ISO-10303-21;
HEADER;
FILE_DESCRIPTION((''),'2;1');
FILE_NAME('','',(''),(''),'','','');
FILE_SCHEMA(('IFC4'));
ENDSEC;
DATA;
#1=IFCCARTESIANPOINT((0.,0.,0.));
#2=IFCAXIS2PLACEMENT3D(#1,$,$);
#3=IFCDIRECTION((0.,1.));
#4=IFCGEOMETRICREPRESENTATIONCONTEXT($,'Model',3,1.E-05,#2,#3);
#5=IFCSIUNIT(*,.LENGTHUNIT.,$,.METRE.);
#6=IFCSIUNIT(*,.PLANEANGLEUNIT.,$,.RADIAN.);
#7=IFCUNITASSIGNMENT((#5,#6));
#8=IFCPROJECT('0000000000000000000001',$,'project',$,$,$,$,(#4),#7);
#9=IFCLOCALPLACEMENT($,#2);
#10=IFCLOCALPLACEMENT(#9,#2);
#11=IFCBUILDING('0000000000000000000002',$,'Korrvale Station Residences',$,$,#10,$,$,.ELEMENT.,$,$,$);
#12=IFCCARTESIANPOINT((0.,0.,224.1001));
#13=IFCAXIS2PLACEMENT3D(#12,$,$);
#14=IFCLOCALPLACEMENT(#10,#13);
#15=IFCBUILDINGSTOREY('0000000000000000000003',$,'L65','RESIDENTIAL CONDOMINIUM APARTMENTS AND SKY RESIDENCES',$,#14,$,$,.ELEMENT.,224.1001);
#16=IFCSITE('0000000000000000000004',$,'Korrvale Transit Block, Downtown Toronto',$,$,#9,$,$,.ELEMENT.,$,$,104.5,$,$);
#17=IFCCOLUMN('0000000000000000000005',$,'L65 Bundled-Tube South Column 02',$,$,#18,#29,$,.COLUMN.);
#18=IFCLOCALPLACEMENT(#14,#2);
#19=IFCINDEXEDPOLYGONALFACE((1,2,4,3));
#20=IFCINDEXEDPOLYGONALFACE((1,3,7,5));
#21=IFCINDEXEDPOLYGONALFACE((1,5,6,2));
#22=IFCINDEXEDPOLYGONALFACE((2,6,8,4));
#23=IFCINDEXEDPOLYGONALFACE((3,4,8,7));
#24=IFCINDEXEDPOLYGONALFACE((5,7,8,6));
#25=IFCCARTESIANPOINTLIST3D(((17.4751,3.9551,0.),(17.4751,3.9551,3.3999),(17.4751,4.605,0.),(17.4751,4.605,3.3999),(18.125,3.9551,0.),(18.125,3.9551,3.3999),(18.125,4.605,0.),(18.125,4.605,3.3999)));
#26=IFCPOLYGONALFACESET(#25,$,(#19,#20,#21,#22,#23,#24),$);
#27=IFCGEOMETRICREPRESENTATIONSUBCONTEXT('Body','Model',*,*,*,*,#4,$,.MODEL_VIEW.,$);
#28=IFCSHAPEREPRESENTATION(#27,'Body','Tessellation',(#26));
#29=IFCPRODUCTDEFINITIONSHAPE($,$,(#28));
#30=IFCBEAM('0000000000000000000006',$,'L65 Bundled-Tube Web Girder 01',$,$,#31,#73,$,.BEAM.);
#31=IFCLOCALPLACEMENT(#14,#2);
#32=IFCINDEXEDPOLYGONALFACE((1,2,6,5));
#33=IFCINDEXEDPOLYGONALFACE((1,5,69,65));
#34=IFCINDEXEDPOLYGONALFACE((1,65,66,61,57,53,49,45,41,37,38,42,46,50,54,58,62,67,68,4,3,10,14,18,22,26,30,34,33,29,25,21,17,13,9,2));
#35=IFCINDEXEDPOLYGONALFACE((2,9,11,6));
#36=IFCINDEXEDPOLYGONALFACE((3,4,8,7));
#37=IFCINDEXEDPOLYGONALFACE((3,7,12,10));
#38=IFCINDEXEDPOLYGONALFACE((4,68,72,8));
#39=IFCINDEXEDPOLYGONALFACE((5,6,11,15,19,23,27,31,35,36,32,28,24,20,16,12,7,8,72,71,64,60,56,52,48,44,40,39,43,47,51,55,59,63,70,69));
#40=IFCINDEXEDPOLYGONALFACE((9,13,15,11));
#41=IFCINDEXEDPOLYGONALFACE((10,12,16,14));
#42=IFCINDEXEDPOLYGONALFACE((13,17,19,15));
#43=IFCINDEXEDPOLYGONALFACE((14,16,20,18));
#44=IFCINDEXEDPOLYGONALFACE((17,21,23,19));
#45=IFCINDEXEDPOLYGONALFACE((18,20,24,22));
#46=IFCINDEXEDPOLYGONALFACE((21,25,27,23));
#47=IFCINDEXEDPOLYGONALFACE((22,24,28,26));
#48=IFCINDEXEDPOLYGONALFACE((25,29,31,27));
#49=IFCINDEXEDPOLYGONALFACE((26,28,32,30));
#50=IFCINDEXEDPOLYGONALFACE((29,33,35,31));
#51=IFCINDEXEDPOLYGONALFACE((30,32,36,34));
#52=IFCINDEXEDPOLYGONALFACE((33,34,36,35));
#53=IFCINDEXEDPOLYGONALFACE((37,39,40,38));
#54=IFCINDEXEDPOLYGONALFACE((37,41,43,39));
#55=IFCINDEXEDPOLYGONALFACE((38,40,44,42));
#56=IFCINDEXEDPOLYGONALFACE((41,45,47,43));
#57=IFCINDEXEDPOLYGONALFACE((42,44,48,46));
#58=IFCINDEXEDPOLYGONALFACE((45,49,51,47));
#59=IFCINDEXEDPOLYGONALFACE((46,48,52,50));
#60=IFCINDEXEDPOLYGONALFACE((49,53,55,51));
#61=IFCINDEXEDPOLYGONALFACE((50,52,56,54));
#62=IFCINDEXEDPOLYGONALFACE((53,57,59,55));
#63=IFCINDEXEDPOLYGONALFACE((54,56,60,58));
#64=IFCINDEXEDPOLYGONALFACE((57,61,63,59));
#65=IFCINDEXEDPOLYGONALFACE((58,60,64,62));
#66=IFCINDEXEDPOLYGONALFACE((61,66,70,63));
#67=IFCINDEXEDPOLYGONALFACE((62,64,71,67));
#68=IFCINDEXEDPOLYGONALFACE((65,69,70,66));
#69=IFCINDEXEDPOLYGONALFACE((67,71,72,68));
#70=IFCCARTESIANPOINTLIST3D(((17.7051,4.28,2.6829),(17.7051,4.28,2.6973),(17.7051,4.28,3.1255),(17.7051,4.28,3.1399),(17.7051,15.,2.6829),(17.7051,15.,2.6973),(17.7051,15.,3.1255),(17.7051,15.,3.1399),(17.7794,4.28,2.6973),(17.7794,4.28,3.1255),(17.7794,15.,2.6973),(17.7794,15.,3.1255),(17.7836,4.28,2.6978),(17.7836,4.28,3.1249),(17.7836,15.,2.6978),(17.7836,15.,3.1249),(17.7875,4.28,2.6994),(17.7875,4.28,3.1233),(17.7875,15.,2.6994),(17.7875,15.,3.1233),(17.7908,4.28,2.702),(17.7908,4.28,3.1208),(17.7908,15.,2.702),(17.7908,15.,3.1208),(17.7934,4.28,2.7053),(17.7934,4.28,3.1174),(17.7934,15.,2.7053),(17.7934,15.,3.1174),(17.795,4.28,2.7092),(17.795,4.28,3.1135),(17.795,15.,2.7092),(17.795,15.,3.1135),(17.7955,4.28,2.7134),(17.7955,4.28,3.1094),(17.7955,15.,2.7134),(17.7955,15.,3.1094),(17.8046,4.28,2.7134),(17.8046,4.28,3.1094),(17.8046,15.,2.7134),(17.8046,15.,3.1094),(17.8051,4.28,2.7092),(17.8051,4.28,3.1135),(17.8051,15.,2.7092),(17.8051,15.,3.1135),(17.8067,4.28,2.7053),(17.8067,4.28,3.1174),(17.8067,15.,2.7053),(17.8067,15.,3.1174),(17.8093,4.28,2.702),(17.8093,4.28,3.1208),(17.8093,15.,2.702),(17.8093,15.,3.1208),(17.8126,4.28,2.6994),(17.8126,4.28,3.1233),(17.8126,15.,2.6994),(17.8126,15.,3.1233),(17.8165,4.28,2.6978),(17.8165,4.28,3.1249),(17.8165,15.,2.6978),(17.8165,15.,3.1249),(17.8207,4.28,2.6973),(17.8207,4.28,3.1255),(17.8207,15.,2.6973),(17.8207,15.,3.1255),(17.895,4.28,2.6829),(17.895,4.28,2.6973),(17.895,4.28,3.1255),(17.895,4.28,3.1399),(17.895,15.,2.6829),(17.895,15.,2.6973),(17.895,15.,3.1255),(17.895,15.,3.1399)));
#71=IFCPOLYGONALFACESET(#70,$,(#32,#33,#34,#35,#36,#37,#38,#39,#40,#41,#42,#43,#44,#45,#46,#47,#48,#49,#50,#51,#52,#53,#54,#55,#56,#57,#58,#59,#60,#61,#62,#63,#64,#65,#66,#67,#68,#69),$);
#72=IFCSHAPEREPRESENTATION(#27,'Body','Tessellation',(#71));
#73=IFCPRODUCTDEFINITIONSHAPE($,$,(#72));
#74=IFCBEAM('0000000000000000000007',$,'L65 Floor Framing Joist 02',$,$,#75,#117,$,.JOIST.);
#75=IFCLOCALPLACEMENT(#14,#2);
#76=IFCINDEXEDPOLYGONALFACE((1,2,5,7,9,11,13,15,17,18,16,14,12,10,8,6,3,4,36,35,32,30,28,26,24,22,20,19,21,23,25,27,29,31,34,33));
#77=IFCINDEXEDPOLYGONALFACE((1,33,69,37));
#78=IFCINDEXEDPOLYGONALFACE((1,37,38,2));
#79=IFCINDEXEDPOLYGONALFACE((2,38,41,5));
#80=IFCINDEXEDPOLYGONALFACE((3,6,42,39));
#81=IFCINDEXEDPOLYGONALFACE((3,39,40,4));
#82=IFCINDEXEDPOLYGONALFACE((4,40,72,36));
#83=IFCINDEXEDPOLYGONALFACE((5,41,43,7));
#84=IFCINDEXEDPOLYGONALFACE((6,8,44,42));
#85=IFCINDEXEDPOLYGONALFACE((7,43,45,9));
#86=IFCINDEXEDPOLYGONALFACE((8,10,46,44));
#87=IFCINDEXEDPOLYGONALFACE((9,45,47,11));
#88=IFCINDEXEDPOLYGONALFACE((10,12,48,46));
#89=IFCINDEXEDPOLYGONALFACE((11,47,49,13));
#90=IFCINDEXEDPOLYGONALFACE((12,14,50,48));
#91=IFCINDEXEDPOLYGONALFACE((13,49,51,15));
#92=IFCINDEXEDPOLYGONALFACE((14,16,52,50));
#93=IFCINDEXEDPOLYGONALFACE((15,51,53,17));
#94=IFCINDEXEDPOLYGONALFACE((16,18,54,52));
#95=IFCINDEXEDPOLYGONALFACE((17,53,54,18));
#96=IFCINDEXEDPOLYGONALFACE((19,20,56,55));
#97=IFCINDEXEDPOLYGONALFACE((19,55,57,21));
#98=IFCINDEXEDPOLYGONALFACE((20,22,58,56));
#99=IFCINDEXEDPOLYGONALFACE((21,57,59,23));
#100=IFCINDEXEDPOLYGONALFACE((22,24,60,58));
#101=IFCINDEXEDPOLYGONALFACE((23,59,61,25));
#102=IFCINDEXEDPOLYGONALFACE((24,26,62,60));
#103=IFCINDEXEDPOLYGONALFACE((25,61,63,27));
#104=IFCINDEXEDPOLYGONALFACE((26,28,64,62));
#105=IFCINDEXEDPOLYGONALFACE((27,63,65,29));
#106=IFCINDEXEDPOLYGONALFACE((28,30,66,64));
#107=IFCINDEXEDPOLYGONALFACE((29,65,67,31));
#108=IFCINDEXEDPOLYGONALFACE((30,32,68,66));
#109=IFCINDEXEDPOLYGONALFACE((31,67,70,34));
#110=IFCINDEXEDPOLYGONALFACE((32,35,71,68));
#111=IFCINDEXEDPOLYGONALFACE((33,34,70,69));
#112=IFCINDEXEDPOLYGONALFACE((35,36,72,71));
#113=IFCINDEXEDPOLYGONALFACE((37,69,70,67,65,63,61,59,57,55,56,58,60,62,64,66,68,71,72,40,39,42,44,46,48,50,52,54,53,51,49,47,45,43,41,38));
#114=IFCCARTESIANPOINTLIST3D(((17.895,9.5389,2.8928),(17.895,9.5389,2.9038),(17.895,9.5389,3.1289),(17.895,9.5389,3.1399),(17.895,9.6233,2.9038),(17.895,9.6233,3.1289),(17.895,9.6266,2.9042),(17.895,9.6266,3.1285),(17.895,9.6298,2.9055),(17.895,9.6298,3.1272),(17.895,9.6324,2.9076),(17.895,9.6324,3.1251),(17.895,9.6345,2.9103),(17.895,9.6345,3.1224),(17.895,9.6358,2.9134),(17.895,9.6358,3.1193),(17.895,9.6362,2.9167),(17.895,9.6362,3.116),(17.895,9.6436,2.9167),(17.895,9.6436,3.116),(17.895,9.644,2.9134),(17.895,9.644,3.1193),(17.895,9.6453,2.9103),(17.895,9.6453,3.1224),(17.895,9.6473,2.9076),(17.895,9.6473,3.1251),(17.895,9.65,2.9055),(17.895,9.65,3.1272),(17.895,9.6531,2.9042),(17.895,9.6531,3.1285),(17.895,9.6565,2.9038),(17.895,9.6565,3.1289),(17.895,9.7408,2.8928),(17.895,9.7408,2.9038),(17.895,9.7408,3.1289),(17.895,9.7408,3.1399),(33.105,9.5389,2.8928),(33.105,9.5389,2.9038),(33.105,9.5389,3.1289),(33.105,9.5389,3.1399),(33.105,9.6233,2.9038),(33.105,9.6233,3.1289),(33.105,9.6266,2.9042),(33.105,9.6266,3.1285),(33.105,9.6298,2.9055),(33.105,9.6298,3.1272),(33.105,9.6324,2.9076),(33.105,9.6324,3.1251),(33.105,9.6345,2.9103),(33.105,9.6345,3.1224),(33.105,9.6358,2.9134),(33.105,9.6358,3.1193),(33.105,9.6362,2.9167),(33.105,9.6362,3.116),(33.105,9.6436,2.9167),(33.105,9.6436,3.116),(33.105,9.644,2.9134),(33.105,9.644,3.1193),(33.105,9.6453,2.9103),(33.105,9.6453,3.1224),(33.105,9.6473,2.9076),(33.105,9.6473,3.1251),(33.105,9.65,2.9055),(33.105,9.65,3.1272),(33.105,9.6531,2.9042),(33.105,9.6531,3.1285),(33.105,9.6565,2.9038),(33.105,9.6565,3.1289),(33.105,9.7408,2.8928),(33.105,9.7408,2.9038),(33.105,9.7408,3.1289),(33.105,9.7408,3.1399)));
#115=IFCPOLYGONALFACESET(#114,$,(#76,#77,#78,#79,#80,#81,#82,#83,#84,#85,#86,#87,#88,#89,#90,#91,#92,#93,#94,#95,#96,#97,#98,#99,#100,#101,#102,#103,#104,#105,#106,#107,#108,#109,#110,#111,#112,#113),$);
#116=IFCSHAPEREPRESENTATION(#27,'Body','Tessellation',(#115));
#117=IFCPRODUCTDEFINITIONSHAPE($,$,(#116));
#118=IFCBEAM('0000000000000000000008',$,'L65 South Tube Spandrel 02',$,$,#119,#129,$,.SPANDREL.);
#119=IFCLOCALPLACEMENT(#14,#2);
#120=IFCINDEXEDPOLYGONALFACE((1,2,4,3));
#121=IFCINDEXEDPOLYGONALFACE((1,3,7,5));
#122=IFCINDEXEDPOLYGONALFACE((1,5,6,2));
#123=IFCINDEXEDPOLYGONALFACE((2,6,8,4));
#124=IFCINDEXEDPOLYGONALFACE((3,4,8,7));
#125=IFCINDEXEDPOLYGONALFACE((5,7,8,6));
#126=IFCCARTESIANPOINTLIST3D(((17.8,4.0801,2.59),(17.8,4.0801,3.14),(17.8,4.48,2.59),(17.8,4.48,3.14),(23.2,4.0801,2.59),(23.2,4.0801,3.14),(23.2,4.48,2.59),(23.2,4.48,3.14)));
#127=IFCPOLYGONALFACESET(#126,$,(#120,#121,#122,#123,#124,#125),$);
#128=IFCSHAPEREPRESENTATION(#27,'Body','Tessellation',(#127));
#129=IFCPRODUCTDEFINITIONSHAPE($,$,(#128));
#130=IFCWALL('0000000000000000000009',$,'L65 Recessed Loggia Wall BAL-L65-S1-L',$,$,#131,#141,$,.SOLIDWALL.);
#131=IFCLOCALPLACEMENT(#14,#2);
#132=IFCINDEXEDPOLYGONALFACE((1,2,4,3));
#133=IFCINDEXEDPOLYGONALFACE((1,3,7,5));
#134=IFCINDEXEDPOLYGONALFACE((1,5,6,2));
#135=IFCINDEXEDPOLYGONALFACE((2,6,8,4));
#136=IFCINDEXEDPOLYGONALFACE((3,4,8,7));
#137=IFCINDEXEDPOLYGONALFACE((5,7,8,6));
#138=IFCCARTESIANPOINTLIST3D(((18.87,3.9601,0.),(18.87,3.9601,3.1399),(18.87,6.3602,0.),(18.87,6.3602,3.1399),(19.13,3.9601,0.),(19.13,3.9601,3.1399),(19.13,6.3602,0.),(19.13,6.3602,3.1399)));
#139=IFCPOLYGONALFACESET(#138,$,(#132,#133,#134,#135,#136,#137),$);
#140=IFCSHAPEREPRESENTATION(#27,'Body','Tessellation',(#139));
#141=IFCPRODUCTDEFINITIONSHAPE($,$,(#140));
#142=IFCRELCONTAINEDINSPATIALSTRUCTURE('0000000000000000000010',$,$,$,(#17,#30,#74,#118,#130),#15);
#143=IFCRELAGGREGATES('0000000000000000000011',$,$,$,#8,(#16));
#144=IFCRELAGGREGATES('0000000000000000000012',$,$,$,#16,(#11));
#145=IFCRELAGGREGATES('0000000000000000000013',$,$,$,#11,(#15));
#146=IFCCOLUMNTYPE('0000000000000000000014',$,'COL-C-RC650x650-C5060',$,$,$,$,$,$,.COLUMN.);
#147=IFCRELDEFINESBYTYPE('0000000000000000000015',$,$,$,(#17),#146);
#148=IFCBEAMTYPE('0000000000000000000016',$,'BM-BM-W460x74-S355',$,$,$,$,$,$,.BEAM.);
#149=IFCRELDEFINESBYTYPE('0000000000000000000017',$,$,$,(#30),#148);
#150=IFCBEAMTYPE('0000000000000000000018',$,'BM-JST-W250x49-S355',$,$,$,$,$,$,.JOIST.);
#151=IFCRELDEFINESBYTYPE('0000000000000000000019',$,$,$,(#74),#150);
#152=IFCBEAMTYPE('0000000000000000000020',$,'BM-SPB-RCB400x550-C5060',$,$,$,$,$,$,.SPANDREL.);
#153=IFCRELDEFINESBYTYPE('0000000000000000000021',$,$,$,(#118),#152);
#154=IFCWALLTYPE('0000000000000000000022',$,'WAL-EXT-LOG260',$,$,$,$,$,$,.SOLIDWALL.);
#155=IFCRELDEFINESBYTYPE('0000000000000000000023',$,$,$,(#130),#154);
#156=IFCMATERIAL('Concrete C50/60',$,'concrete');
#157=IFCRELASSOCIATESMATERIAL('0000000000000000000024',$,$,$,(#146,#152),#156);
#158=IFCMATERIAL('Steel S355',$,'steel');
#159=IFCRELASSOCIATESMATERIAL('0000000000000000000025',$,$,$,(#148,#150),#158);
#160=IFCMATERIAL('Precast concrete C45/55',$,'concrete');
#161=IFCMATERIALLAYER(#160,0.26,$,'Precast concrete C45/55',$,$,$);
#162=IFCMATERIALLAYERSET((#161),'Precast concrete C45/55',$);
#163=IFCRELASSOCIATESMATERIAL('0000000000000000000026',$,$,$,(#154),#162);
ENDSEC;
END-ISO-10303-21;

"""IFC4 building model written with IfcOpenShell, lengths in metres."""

from ifc_helpers import new_model, si_unit, direction, frame, frame_2d, origin, origin_2d, place, context, subcontext, project, spatial, rectangle, i_section, extrude, material, layer, layer_set, material_profile, profile_set, type_object, element, save


model = new_model("IFC4")

# Units and contexts
model_context = context("Model", 3, precision=1e-05, world=origin(), true_north=direction((0.0, 1.0)))
body_context = subcontext(model_context, "Body", "Model", "MODEL_VIEW")
ifc_project = project(units=[si_unit("LENGTHUNIT", "METRE"), si_unit("PLANEANGLEUNIT", "RADIAN")], contexts=[model_context])

# Site, building, storey
site_placement = place(None, origin())
site = spatial("IfcSite", under=ifc_project, at=site_placement, Name="Korrvale Transit Block, Downtown Toronto", CompositionType="ELEMENT", RefElevation=104.5)
building_placement = place(site_placement, origin())
building = spatial("IfcBuilding", under=site, at=building_placement, Name="Korrvale Station Residences", CompositionType="ELEMENT")
storey_placement = place(building_placement, frame((0.0, 0.0, 224.1001)))
storey = spatial("IfcBuildingStorey", under=building, at=storey_placement, Name="L65", Description="RESIDENTIAL CONDOMINIUM APARTMENTS AND SKY RESIDENCES", CompositionType="ELEMENT", Elevation=224.1001)

# Column
ifc_material_1 = material(Name="Concrete C50/60", Category="concrete")
ifc_material_profile_1 = material_profile(ifc_material_1, rectangle(XDim=0.6499, YDim=0.6499, at=origin_2d()), Name="RC650x650")
ifc_profile_set_1 = profile_set([ifc_material_profile_1], Name="Concrete C50/60")
column_type = type_object("IfcColumnType", Name="COL-C-RC650x650-C5060", PredefinedType="COLUMN", material=ifc_profile_set_1)
column_placement = place(storey_placement, frame((17.8, 4.28, 0.0), z_axis=(0.0, 0.0, 1.0), x_axis=(1.0, 0.0, 0.0)))
element("IfcColumn", 1, at=column_placement, inside=storey, type_object=column_type, Name="L65 Bundled-Tube South Column 02", PredefinedType="COLUMN", context=body_context, shape_type="SweptSolid", body=[
    extrude(rectangle(XDim=0.6499, YDim=0.6499, at=origin_2d()), origin(), (0.0, 0.0, 1.0), 3.3999),
])

# Beams
ifc_material_2 = material(Name="Steel S355", Category="steel")
ifc_material_profile_2 = material_profile(ifc_material_2, i_section(OverallWidth=0.1899, OverallDepth=0.457, WebThickness=0.009, FlangeThickness=0.0144, FilletRadius=0.0161, at=origin_2d()), Name="W460x74")
ifc_profile_set_2 = profile_set([ifc_material_profile_2], Name="Steel S355")
beam_type_1 = type_object("IfcBeamType", Name="BM-BM-W460x74-S355", PredefinedType="BEAM", material=ifc_profile_set_2)
beam_1_placement = place(storey_placement, frame((17.8, 4.28, 2.9114), z_axis=(0.0, 1.0, 0.0), x_axis=(-1.0, 0.0, 0.0)))
element("IfcBeam", 2, at=beam_1_placement, inside=storey, type_object=beam_type_1, Name="L65 Bundled-Tube Web Girder 01", PredefinedType="BEAM", context=body_context, shape_type="SweptSolid", body=[
    extrude(i_section(OverallWidth=0.1899, OverallDepth=0.457, WebThickness=0.009, FlangeThickness=0.0144, FilletRadius=0.0161, at=origin_2d()), origin(), (0.0, 0.0, 1.0), 10.72),
])
ifc_material_profile_3 = material_profile(ifc_material_2, i_section(OverallWidth=0.2019, OverallDepth=0.2471, WebThickness=0.0073, FlangeThickness=0.011, FilletRadius=0.0129, at=origin_2d()), Name="W250x49")
ifc_profile_set_3 = profile_set([ifc_material_profile_3], Name="Steel S355")
beam_type_2 = type_object("IfcBeamType", Name="BM-JST-W250x49-S355", PredefinedType="JOIST", material=ifc_profile_set_3)
beam_2_placement = place(storey_placement, frame((17.895, 9.6399, 3.0164), z_axis=(1.0, 0.0, 0.0), x_axis=(0.0, 1.0, 0.0)))
element("IfcBeam", 3, at=beam_2_placement, inside=storey, type_object=beam_type_2, Name="L65 Floor Framing Joist 02", PredefinedType="JOIST", context=body_context, shape_type="SweptSolid", body=[
    extrude(i_section(OverallWidth=0.2019, OverallDepth=0.2471, WebThickness=0.0073, FlangeThickness=0.011, FilletRadius=0.0129, at=origin_2d()), origin(), (0.0, 0.0, 1.0), 15.21),
])
ifc_material_profile_4 = material_profile(ifc_material_1, rectangle(XDim=0.3999, YDim=0.55, at=origin_2d()), Name="RCB400x550")
ifc_profile_set_4 = profile_set([ifc_material_profile_4], Name="Concrete C50/60")
beam_type_3 = type_object("IfcBeamType", Name="BM-SPB-RCB400x550-C5060", PredefinedType="SPANDREL", material=ifc_profile_set_4)
beam_3_placement = place(storey_placement, frame((17.8, 4.28, 2.865), z_axis=(1.0, 0.0, 0.0), x_axis=(0.0, 1.0, 0.0)))
element("IfcBeam", 4, at=beam_3_placement, inside=storey, type_object=beam_type_3, Name="L65 South Tube Spandrel 02", PredefinedType="SPANDREL", context=body_context, shape_type="SweptSolid", body=[
    extrude(rectangle(XDim=0.3999, YDim=0.55, at=origin_2d()), origin(), (0.0, 0.0, 1.0), 5.3999),
])

# Wall
ifc_material_3 = material(Name="Precast concrete C45/55", Category="concrete")
ifc_layer_1 = layer(ifc_material_3, 0.26, Name="Precast concrete C45/55")
ifc_layer_set_1 = layer_set([ifc_layer_1], Name="Precast concrete C45/55")
wall_type_1 = type_object("IfcWallType", Name="WAL-EXT-LOG260", PredefinedType="SOLIDWALL", material=ifc_layer_set_1)
wall_1_placement = place(storey_placement, frame((19.0, 3.96, 0.0), z_axis=(0.0, 0.0, 1.0), x_axis=(0.0, 1.0, 0.0)))
element("IfcWall", 5, at=wall_1_placement, inside=storey, type_object=wall_type_1, Name="L65 Recessed Loggia Wall BAL-L65-S1-L", PredefinedType="SOLIDWALL", context=body_context, shape_type="SweptSolid", body=[
    extrude(rectangle(XDim=2.4001, YDim=0.26, at=frame_2d((1.2002, 0.0))), origin(), (0.0, 0.0, 1.0), 3.1399),
])

save(model, "model.ifc")
